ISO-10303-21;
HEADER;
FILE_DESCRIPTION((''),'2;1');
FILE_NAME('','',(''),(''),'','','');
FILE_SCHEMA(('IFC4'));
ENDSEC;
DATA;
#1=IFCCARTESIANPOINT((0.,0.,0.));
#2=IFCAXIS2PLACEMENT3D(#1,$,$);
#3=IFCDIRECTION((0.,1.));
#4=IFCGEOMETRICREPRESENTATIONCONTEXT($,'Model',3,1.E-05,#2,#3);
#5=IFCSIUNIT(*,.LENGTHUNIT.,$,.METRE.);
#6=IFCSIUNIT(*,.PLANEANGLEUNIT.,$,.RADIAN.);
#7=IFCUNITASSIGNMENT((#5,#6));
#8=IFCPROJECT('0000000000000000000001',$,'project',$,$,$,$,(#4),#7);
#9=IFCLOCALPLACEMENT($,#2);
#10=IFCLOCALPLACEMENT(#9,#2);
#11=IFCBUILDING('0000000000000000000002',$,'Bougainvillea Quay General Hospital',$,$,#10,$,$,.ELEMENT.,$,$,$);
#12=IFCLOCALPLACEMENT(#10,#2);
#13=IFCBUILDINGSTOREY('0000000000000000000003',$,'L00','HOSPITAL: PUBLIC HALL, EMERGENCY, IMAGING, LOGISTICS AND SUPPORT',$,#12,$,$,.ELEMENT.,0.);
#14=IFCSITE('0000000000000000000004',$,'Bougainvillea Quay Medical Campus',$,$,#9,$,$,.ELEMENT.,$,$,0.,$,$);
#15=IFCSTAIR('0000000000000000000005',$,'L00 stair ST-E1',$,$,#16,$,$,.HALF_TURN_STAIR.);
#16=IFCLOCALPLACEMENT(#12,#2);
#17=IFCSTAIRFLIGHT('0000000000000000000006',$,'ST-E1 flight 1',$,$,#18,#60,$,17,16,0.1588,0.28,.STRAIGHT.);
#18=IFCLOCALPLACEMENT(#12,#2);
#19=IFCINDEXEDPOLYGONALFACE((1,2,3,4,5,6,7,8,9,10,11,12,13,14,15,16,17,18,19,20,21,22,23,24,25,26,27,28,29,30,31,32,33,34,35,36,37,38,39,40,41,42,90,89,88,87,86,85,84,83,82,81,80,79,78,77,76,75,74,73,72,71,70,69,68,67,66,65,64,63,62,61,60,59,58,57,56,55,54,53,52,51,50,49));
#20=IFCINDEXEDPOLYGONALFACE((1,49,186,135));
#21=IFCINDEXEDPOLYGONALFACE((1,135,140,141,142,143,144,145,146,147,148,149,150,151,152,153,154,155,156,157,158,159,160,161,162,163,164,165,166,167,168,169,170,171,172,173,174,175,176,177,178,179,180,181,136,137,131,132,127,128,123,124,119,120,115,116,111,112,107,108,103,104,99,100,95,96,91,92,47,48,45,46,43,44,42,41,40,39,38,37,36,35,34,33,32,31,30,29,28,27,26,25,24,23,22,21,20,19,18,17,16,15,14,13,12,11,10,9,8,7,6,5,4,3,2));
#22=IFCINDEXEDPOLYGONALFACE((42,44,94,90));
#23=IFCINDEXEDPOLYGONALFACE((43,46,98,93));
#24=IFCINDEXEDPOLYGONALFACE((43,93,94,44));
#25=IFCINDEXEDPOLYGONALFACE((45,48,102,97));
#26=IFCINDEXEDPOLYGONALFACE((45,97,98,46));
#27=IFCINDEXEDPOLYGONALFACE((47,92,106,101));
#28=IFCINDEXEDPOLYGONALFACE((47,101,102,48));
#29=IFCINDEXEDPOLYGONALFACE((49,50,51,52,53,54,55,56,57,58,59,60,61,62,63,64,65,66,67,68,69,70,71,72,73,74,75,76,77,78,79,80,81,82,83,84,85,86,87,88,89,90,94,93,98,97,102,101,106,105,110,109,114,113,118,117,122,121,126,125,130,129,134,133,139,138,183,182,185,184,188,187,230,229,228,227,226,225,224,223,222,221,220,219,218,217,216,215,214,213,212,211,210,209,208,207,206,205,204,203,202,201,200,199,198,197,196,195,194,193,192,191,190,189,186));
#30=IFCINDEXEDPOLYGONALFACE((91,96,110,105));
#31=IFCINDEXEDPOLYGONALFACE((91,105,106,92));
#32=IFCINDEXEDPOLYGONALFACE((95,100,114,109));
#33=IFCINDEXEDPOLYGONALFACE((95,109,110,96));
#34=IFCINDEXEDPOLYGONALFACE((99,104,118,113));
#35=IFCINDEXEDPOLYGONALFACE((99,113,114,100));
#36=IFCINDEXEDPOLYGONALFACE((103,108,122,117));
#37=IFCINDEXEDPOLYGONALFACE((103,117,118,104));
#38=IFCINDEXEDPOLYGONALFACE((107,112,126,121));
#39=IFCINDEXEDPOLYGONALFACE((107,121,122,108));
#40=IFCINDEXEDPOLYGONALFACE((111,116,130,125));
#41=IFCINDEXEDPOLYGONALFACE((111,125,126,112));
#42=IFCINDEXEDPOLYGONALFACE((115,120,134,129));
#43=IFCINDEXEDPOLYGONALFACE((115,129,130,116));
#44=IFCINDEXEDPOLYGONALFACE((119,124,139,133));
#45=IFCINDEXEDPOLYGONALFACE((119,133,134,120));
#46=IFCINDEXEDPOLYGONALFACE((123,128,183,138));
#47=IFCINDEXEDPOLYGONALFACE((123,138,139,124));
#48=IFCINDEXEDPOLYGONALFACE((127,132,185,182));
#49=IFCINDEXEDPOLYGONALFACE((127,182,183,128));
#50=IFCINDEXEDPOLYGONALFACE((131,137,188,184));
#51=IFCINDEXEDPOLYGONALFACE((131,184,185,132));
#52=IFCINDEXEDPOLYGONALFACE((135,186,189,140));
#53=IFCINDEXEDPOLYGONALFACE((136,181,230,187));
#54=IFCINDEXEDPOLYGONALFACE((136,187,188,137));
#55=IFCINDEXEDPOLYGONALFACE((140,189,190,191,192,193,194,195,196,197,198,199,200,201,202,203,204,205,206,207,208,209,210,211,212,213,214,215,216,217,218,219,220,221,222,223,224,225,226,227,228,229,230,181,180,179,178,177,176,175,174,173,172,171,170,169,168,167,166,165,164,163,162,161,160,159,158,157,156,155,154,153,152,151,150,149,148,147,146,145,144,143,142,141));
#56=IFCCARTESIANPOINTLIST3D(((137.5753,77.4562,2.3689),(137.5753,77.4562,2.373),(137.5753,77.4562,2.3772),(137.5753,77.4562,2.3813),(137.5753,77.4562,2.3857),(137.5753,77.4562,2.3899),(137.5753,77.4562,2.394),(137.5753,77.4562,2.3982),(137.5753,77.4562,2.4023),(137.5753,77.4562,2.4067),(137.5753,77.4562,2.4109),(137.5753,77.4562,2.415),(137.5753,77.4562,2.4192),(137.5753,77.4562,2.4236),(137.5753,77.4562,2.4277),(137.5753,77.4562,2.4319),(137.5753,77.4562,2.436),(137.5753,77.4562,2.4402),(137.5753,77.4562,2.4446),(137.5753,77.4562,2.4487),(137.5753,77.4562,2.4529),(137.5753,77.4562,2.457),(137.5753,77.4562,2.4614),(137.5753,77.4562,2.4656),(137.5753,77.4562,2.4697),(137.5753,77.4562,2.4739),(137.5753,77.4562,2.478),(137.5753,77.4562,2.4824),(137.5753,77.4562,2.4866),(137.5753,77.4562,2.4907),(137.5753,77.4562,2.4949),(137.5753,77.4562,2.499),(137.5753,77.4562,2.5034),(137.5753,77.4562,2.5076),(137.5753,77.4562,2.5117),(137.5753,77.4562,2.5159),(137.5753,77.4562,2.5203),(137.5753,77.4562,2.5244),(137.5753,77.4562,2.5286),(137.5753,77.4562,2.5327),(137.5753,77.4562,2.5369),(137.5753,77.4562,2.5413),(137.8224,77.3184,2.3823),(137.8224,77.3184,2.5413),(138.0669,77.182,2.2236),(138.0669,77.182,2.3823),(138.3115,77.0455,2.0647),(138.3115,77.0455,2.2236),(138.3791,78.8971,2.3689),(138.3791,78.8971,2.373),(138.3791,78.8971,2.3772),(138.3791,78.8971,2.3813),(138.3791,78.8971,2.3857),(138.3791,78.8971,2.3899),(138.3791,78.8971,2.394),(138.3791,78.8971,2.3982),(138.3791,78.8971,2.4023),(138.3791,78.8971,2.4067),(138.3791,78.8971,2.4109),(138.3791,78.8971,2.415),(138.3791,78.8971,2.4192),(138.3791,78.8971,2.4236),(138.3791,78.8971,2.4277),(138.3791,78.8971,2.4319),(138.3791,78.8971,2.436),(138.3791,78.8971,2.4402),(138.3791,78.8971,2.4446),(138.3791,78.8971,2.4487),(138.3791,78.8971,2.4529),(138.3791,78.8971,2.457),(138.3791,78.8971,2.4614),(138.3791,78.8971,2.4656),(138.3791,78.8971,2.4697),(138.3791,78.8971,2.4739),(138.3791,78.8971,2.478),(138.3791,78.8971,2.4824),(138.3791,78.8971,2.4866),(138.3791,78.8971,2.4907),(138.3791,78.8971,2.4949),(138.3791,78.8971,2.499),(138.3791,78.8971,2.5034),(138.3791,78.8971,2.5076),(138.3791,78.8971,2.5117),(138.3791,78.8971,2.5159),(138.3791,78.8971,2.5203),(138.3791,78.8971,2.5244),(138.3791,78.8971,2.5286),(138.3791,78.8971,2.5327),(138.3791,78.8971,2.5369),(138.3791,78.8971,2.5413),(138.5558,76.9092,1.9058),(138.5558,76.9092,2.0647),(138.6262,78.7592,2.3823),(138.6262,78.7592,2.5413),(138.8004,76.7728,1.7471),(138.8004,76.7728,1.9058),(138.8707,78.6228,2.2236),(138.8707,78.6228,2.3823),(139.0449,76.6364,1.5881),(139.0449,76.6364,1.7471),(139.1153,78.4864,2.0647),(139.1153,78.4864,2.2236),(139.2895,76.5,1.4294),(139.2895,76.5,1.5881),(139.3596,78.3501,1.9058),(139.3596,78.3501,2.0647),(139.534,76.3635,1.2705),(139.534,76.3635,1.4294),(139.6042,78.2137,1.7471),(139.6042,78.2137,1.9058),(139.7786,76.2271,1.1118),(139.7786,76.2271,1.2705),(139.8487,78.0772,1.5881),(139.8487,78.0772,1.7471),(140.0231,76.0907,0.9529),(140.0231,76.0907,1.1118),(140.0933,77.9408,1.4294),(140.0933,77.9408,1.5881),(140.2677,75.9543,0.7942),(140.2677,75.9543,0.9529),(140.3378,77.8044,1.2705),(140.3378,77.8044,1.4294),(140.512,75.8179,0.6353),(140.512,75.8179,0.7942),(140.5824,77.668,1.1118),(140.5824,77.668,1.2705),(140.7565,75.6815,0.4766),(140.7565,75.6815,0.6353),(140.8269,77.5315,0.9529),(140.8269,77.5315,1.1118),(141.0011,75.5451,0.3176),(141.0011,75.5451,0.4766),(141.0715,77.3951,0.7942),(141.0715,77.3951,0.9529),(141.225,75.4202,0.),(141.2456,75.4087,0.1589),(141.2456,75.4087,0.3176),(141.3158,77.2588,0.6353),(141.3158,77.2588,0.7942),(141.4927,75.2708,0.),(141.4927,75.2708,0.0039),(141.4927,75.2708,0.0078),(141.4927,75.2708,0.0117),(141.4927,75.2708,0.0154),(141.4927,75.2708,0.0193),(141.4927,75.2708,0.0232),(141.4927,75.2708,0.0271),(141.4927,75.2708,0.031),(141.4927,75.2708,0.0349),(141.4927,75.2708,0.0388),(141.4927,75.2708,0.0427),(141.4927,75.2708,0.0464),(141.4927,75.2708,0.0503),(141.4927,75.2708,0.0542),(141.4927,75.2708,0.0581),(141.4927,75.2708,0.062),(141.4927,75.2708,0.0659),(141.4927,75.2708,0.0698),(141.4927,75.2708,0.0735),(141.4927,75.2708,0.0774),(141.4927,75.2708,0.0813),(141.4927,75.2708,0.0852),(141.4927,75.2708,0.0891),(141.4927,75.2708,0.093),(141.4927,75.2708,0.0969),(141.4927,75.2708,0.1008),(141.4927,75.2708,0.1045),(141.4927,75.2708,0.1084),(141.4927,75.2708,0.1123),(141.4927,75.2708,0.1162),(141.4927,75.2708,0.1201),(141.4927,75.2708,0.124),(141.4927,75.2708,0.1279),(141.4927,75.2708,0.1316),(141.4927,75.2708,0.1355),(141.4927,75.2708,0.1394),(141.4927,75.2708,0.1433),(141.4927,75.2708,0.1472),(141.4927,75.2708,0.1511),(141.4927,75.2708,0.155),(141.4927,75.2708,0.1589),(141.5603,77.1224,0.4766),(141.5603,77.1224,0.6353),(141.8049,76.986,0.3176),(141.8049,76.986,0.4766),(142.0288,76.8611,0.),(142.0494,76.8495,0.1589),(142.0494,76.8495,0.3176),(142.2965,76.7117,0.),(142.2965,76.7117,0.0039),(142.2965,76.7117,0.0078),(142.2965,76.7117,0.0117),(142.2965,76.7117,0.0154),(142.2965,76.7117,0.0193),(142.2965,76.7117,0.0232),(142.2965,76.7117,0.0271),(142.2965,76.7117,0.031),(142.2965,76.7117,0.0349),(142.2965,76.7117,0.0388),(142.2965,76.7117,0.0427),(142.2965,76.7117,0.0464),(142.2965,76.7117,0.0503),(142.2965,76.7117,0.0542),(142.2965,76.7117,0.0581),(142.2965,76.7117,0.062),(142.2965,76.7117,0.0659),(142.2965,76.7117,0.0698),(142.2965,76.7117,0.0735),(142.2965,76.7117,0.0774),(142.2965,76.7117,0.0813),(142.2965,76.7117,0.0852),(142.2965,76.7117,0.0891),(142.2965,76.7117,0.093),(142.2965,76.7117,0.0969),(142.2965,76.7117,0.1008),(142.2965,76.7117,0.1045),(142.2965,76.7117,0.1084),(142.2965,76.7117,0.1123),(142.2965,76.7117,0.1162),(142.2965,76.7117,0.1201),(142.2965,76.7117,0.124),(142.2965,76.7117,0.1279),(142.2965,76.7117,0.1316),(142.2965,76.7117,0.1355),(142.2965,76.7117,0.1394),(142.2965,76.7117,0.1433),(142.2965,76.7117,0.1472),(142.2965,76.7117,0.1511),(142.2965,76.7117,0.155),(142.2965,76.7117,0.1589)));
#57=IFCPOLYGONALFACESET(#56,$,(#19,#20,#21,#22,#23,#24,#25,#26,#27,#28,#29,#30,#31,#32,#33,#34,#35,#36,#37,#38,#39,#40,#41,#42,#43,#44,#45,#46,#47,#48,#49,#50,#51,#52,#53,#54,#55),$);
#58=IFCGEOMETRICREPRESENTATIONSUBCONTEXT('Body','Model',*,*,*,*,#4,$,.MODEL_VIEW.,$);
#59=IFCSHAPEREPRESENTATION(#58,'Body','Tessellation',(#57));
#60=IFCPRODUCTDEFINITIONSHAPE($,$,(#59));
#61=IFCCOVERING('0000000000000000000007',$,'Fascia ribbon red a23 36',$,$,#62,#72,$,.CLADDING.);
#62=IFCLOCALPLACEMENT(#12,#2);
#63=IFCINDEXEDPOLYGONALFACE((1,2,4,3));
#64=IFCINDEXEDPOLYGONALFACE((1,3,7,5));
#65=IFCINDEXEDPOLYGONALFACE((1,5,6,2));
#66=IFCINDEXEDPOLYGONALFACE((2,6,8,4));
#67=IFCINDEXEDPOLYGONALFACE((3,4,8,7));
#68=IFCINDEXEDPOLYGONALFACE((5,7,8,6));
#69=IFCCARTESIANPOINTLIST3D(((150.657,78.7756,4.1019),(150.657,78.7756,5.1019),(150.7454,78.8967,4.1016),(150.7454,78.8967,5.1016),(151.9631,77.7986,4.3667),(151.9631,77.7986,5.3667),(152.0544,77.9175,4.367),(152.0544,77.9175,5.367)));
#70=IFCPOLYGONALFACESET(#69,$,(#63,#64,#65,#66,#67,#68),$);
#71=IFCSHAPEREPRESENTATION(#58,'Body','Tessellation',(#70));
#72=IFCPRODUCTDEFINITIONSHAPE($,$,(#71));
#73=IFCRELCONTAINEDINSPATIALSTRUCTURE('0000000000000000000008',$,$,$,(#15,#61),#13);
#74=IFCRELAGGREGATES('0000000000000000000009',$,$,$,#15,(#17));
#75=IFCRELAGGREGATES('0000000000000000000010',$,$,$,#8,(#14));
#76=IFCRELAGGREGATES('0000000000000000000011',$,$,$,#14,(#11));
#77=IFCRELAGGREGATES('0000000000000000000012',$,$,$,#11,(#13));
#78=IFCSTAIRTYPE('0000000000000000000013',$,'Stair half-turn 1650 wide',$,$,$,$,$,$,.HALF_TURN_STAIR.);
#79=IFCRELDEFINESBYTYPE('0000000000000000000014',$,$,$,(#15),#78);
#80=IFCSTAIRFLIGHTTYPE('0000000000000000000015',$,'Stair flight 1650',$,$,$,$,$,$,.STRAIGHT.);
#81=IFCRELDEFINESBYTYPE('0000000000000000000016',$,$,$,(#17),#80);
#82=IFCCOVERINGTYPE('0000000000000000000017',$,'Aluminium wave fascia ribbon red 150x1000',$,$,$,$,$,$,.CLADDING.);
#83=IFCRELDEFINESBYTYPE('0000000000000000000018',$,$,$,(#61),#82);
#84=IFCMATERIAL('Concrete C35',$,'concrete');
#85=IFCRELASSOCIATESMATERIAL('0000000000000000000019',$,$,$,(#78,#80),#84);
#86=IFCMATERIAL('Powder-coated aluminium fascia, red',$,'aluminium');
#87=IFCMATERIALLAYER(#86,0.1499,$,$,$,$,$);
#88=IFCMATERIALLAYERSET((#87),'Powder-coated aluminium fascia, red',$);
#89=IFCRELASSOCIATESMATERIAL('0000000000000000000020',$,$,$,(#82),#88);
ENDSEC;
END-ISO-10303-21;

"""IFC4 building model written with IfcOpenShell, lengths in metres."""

from ifc_helpers import new_model, si_unit, direction, frame, origin, place, context, subcontext, project, spatial, polyline, outline, extrude, material, layer, layer_set, type_object, element, aggregate, save


model = new_model("IFC4")

# Units and contexts
model_context = context("Model", 3, precision=1e-05, world=origin(), true_north=direction((0.0, 1.0)))
body_context = subcontext(model_context, "Body", "Model", "MODEL_VIEW")
ifc_project = project(units=[si_unit("LENGTHUNIT", "METRE"), si_unit("PLANEANGLEUNIT", "RADIAN")], contexts=[model_context])

# Site, building, storey
site_placement = place(None, origin())
site = spatial("IfcSite", under=ifc_project, at=site_placement, Name="Bougainvillea Quay Medical Campus", CompositionType="ELEMENT", RefElevation=0.0)
building_placement = place(site_placement, origin())
building = spatial("IfcBuilding", under=site, at=building_placement, Name="Bougainvillea Quay General Hospital", CompositionType="ELEMENT")
storey_placement = place(building_placement, origin())
storey = spatial("IfcBuildingStorey", under=building, at=storey_placement, Name="L00", Description="HOSPITAL: PUBLIC HALL, EMERGENCY, IMAGING, LOGISTICS AND SUPPORT", CompositionType="ELEMENT", Elevation=0.0)

# Stair, stair flight
ifc_material_1 = material(Name="Concrete C35", Category="concrete")
stair_type = type_object("IfcStairType", Name="Stair half-turn 1650 wide", PredefinedType="HALF_TURN_STAIR", material=ifc_material_1)
stair_placement = place(storey_placement, origin())
stair = element("IfcStair", 1, at=stair_placement, inside=storey, type_object=stair_type, Name="L00 stair ST-E1", PredefinedType="HALF_TURN_STAIR")
stair_flight_type = type_object("IfcStairFlightType", Name="Stair flight 1650", PredefinedType="STRAIGHT", material=ifc_material_1)
stair_flight_placement = place(storey_placement, frame((141.8921, 75.9927, 0.0), z_axis=(0.0, 0.0, 1.0), x_axis=(-0.873301, 0.487181, 0.0)))
stair_flight = element("IfcStairFlight", 2, at=stair_flight_placement, type_object=stair_flight_type, Name="ST-E1 flight 1", NumberOfRisers=17, NumberOfTreads=16, PredefinedType="STRAIGHT", RiserHeight=0.1588, TreadLength=0.28, context=body_context, shape_type="SweptSolid", body=[
    extrude(outline(polyline([(-0.0029, 0.0), (-0.0029, 0.0039), (-0.0029, 0.0078), (-0.0029, 0.0117), (-0.0029, 0.0154), (-0.0029, 0.0193), (-0.0029, 0.0232), (-0.0029, 0.0271), (-0.0029, 0.031), (-0.0029, 0.0349), (-0.0029, 0.0388), (-0.0029, 0.0427), (-0.0029, 0.0464), (-0.0029, 0.0503), (-0.0029, 0.0542), (-0.0029, 0.0581), (-0.0029, 0.062), (-0.0029, 0.0659), (-0.0029, 0.0698), (-0.0029, 0.0735), (-0.0029, 0.0774), (-0.0029, 0.0813), (-0.0029, 0.0852), (-0.0029, 0.0891), (-0.0029, 0.093), (-0.0029, 0.0969), (-0.0029, 0.1008), (-0.0029, 0.1045), (-0.0029, 0.1084), (-0.0029, 0.1123), (-0.0029, 0.1162), (-0.0029, 0.1201), (-0.0029, 0.124), (-0.0029, 0.1279), (-0.0029, 0.1316), (-0.0029, 0.1355), (-0.0029, 0.1394), (-0.0029, 0.1433), (-0.0029, 0.1472), (-0.0029, 0.1511), (-0.0029, 0.155), (-0.0029, 0.1589), (0.28, 0.1589), (0.28, 0.3176), (0.5601, 0.3176), (0.5601, 0.4766), (0.8401, 0.4766), (0.8401, 0.6353), (1.1201, 0.6353), (1.1201, 0.7942), (1.3999, 0.7942), (1.3999, 0.9529), (1.6799, 0.9529), (1.6799, 1.1118), (1.96, 1.1118), (1.96, 1.2705), (2.24, 1.2705), (2.24, 1.4294), (2.52, 1.4294), (2.52, 1.5881), (2.8, 1.5881), (2.8, 1.7471), (3.0801, 1.7471), (3.0801, 1.9058), (3.3601, 1.9058), (3.3601, 2.0647), (3.6399, 2.0647), (3.6399, 2.2236), (3.9199, 2.2236), (3.9199, 2.3823), (4.2, 2.3823), (4.2, 2.5413), (4.4829, 2.5413), (4.4829, 2.5369), (4.4829, 2.5327), (4.4829, 2.5286), (4.4829, 2.5244), (4.4829, 2.5203), (4.4829, 2.5159), (4.4829, 2.5117), (4.4829, 2.5076), (4.4829, 2.5034), (4.4829, 2.499), (4.4829, 2.4949), (4.4829, 2.4907), (4.4829, 2.4866), (4.4829, 2.4824), (4.4829, 2.478), (4.4829, 2.4739), (4.4829, 2.4697), (4.4829, 2.4656), (4.4829, 2.4614), (4.4829, 2.457), (4.4829, 2.4529), (4.4829, 2.4487), (4.4829, 2.4446), (4.4829, 2.4402), (4.4829, 2.436), (4.4829, 2.4319), (4.4829, 2.4277), (4.4829, 2.4236), (4.4829, 2.4192), (4.4829, 2.415), (4.4829, 2.4109), (4.4829, 2.4067), (4.4829, 2.4023), (4.4829, 2.3982), (4.4829, 2.394), (4.4829, 2.3899), (4.4829, 2.3857), (4.4829, 2.3813), (4.4829, 2.3772), (4.4829, 2.373), (4.4829, 2.3689), (0.3037, 0.0), (-0.0029, 0.0)])), frame((0.0, 0.825, 0.0), z_axis=(0.0, -1.0, 0.0), x_axis=(1.0, 0.0, 0.0)), (0.0, 0.0, 1.0), 1.6499),
])
aggregate(stair, [stair_flight])

# Covering
ifc_material_2 = material(Name="Powder-coated aluminium fascia, red", Category="aluminium")
ifc_layer_1 = layer(ifc_material_2, 0.1499)
ifc_layer_set_1 = layer_set([ifc_layer_1], Name="Powder-coated aluminium fascia, red")
covering_type = type_object("IfcCoveringType", Name="Aluminium wave fascia ribbon red 150x1000", PredefinedType="CLADDING", material=ifc_layer_set_1)
covering_placement = place(storey_placement, frame((151.9631, 77.7986, 4.3667), z_axis=(-0.12829, 0.096054, 0.987074), x_axis=(-0.790403, 0.591251, -0.160265)))
element("IfcCovering", 3, at=covering_placement, inside=storey, type_object=covering_type, Name="Fascia ribbon red a23 36", PredefinedType="CLADDING", context=body_context, shape_type="SweptSolid", body=[
    extrude(outline(polyline([(0.0, 0.0), (1.6525, 0.0), (1.6543, -0.1499), (-0.0019, -0.1499), (0.0, 0.0)])), origin(), (-0.160265, 0.00007, 0.987074), 1.0),
])

save(model, "model.ifc")
